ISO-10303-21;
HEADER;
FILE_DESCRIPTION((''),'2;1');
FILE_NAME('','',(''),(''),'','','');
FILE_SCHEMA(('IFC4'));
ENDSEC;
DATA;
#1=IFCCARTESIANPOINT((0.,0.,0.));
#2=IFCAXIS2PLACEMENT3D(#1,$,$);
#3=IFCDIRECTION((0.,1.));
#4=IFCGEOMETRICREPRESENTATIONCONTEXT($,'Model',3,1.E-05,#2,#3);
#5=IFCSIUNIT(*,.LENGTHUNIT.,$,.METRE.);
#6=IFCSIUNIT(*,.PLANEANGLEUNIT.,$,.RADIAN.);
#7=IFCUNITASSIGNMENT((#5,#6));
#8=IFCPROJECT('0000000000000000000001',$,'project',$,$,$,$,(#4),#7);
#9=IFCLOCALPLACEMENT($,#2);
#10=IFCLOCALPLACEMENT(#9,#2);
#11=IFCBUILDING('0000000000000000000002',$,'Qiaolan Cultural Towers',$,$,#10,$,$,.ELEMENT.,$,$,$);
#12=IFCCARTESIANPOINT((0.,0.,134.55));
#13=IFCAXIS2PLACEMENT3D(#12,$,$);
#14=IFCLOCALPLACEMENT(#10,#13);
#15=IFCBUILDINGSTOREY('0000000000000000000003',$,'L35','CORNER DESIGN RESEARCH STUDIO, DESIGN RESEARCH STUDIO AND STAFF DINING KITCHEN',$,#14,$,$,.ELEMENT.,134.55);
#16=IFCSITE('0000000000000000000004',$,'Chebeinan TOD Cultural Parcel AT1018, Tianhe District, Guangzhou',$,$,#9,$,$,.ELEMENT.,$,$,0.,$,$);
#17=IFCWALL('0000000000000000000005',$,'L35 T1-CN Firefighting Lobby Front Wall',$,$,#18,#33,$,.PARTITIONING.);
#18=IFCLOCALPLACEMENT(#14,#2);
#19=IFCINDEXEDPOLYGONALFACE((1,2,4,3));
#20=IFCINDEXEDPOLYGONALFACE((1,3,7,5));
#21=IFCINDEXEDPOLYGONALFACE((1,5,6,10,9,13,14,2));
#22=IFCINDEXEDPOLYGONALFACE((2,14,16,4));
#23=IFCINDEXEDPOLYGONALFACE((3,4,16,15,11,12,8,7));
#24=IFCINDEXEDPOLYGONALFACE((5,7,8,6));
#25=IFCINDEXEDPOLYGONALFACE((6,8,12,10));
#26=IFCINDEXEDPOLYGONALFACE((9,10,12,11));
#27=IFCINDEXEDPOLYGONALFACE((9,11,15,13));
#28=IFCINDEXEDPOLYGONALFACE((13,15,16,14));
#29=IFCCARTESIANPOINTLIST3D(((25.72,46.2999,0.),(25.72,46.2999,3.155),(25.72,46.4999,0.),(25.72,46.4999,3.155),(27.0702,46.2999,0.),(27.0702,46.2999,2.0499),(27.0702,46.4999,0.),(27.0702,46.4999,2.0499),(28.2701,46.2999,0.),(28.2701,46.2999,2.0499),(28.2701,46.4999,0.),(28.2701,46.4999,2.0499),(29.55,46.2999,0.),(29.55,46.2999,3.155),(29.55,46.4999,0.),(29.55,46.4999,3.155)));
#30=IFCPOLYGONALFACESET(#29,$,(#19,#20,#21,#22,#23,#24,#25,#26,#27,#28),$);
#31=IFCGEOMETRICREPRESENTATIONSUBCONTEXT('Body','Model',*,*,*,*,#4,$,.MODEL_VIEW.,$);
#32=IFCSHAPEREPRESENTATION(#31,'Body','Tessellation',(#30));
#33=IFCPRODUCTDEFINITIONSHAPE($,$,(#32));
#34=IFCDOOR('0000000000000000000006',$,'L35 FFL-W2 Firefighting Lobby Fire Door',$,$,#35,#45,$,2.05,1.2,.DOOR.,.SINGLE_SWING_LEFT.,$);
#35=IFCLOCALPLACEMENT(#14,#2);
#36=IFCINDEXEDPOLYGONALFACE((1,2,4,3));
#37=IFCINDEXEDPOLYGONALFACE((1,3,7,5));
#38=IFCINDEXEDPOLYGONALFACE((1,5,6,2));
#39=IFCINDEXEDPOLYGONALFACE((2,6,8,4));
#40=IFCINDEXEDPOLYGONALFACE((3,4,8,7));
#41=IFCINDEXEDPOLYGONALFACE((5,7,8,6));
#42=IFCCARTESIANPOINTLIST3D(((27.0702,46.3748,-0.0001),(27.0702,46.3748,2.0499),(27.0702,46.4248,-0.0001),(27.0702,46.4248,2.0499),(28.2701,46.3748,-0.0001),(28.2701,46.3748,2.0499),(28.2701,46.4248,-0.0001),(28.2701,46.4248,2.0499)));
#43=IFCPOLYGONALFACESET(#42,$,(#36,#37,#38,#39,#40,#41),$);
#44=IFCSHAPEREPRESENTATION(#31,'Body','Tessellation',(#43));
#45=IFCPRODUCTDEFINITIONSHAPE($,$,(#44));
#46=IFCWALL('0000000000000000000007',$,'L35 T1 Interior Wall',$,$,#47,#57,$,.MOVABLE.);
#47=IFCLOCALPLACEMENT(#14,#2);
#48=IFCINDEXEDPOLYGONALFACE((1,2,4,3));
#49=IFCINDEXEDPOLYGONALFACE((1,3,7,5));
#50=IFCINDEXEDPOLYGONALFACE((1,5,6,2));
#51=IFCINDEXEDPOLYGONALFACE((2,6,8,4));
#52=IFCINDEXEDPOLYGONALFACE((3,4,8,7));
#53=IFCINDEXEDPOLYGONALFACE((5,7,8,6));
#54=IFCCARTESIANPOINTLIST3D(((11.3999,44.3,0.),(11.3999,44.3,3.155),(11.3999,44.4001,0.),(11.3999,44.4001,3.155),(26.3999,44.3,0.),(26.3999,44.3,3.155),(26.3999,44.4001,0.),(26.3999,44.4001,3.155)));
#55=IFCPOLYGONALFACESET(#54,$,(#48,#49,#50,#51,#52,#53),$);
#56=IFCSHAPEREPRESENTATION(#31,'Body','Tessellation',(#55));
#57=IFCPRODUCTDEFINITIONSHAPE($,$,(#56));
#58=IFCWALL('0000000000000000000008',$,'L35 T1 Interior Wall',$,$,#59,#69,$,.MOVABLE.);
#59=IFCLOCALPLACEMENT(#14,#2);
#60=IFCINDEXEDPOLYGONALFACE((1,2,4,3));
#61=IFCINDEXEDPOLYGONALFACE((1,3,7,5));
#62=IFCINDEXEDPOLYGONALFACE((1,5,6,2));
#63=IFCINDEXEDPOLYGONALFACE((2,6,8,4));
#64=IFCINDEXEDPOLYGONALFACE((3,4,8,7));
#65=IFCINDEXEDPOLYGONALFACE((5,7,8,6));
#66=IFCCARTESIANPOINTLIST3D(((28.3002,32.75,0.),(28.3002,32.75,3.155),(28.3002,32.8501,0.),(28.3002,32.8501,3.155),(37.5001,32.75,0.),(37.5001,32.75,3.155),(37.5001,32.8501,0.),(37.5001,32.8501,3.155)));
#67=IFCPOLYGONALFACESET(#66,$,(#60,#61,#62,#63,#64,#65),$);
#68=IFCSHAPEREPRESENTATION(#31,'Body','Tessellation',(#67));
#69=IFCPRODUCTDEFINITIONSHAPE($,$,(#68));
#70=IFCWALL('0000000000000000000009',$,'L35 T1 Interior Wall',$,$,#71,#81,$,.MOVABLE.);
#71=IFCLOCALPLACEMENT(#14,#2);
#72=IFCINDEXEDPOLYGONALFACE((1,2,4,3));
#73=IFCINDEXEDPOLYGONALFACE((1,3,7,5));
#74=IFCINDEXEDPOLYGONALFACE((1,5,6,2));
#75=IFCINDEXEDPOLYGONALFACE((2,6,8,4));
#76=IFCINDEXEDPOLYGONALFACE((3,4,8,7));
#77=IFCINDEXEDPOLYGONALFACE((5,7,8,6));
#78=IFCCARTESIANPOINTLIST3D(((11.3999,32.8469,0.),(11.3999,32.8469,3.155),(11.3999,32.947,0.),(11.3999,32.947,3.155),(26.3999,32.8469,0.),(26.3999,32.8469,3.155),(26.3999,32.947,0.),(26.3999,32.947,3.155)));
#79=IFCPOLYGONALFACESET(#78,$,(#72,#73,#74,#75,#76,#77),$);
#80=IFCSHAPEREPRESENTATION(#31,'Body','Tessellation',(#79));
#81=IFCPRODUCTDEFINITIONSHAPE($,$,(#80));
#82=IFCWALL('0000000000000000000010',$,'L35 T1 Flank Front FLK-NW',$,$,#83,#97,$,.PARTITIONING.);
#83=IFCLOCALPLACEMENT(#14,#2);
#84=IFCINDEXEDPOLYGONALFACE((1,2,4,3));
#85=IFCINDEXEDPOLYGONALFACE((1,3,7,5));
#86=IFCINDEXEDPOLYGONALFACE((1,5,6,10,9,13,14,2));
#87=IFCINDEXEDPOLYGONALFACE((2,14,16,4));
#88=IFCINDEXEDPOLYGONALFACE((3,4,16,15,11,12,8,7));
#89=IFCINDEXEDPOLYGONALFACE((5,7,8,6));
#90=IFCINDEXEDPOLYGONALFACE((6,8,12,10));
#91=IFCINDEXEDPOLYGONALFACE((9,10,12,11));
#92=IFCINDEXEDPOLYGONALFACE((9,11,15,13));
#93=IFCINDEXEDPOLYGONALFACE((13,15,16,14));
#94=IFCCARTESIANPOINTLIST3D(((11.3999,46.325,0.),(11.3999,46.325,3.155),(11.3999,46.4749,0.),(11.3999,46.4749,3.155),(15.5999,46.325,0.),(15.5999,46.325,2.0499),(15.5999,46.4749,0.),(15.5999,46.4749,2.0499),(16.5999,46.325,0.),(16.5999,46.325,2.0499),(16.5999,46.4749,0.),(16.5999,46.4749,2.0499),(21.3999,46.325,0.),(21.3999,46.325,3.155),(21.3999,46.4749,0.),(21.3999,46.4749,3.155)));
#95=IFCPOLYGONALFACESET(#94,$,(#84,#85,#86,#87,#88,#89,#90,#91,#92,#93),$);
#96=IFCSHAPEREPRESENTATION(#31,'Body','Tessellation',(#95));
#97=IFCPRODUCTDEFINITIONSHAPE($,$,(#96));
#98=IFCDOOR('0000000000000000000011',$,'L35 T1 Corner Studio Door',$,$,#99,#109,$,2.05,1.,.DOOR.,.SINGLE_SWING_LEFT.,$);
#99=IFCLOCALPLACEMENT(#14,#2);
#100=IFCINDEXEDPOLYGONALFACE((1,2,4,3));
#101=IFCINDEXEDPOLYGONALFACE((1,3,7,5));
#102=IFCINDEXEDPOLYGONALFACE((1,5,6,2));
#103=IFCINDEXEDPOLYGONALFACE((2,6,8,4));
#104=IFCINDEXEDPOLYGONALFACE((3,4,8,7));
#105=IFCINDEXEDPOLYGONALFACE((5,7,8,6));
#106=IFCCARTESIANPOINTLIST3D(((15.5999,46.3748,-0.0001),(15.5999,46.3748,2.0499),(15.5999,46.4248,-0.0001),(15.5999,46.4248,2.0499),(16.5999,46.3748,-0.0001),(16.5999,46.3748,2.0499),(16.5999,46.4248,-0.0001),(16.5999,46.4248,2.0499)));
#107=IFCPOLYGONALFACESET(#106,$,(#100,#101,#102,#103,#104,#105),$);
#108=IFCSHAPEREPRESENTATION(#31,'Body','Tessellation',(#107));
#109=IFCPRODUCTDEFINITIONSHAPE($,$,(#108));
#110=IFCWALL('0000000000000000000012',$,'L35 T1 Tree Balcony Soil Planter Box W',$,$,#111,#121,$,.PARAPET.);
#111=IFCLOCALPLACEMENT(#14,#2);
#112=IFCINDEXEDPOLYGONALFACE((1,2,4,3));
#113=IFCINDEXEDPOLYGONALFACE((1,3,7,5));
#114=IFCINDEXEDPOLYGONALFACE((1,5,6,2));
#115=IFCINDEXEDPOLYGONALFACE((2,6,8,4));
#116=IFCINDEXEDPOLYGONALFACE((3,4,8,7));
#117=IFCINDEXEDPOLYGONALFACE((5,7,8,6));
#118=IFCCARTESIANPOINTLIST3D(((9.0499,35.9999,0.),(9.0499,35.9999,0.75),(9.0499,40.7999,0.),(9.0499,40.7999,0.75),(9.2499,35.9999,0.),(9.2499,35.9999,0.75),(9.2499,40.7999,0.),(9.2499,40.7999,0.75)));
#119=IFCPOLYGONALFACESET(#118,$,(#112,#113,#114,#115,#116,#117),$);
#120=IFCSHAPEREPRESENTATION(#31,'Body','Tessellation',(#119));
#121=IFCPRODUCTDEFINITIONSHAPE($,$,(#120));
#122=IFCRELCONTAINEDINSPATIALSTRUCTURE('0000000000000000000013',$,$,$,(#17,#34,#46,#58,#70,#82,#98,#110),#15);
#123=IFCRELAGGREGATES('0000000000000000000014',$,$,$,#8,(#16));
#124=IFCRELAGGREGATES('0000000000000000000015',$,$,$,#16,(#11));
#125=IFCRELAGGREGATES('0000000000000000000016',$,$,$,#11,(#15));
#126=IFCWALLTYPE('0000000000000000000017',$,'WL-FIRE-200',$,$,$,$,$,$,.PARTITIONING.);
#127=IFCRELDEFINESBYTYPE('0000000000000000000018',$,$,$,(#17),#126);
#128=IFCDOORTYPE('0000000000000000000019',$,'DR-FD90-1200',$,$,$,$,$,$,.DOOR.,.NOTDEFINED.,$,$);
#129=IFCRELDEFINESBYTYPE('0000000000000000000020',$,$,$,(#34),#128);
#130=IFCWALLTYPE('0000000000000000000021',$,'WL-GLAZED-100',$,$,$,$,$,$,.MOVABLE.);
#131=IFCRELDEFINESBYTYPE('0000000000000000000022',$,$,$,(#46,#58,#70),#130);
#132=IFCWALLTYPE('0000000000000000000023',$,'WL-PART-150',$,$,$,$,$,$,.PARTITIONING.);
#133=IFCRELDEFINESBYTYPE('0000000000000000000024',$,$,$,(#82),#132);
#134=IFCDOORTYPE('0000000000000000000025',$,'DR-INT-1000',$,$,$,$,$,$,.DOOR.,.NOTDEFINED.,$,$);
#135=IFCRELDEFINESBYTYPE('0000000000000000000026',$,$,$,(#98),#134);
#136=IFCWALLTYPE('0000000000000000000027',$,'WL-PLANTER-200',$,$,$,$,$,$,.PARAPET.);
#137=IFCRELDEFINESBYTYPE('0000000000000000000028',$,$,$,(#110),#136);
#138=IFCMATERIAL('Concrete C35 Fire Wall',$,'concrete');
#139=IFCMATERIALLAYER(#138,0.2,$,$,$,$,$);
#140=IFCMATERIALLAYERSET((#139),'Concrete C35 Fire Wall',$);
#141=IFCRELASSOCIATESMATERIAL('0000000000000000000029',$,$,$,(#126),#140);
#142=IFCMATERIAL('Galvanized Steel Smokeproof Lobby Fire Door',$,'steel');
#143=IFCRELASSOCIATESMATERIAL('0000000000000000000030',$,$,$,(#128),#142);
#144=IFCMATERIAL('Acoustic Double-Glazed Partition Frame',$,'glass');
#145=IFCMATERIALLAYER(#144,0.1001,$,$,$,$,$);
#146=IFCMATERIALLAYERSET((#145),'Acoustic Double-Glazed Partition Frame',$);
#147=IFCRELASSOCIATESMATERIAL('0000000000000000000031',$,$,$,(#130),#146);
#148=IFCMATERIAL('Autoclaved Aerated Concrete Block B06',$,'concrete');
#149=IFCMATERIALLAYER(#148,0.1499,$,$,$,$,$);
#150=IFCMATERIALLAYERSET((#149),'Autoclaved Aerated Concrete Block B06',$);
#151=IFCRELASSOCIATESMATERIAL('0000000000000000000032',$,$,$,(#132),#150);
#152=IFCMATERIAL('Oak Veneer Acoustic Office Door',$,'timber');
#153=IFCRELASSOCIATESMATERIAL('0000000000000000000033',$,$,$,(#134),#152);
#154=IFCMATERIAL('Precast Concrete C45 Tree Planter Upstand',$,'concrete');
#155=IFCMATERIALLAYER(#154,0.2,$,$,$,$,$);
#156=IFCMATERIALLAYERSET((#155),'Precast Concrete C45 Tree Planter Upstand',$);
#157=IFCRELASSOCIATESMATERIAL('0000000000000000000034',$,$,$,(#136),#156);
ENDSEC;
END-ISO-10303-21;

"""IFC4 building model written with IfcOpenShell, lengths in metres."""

from ifc_helpers import new_model, si_unit, direction, frame, frame_2d, origin, place, context, subcontext, project, spatial, rectangle, extrude, material, layer, layer_set, type_object, element, fill, save


model = new_model("IFC4")

# Units and contexts
model_context = context("Model", 3, precision=1e-05, world=origin(), true_north=direction((0.0, 1.0)))
body_context = subcontext(model_context, "Body", "Model", "MODEL_VIEW")
ifc_project = project(units=[si_unit("LENGTHUNIT", "METRE"), si_unit("PLANEANGLEUNIT", "RADIAN")], contexts=[model_context])

# Site, building, storey
site_placement = place(None, origin())
site = spatial("IfcSite", under=ifc_project, at=site_placement, Name="Chebeinan TOD Cultural Parcel AT1018, Tianhe District, Guangzhou", CompositionType="ELEMENT", RefElevation=0.0)
building_placement = place(site_placement, origin())
building = spatial("IfcBuilding", under=site, at=building_placement, Name="Qiaolan Cultural Towers", CompositionType="ELEMENT")
storey_placement = place(building_placement, frame((0.0, 0.0, 134.55)))
storey = spatial("IfcBuildingStorey", under=building, at=storey_placement, Name="L35", Description="CORNER DESIGN RESEARCH STUDIO, DESIGN RESEARCH STUDIO AND STAFF DINING KITCHEN", CompositionType="ELEMENT", Elevation=134.55)

# Wall, opening, door
ifc_material_1 = material(Name="Concrete C35 Fire Wall", Category="concrete")
ifc_layer_1 = layer(ifc_material_1, 0.2)
ifc_layer_set_1 = layer_set([ifc_layer_1], Name="Concrete C35 Fire Wall")
wall_type_1 = type_object("IfcWallType", Name="WL-FIRE-200", PredefinedType="PARTITIONING", material=ifc_layer_set_1)
wall_1_placement = place(storey_placement, frame((25.72, 46.3999, 0.0), z_axis=(0.0, 0.0, 1.0), x_axis=(1.0, 0.0, 0.0)))
wall_1 = element("IfcWall", 1, at=wall_1_placement, inside=storey, type_object=wall_type_1, Name="L35 T1-CN Firefighting Lobby Front Wall", PredefinedType="PARTITIONING", context=body_context, shape_type="SweptSolid", body=[
    extrude(rectangle(XDim=3.8301, YDim=0.2, at=frame_2d((1.915, 0.0))), origin(), (0.0, 0.0, 1.0), 3.155),
])
opening_1_placement = place(wall_1_placement, frame((1.3501, 0.0, 0.0)))
opening_1 = element("IfcOpeningElement", 2, at=opening_1_placement, cuts=wall_1, PredefinedType="OPENING", context=body_context, shape_type="SweptSolid", body=[
    extrude(rectangle(XDim=1.2, YDim=2.05, at=frame_2d((0.6001, 1.0249))), frame((0.0, 0.1099, 0.0), z_axis=(0.0, -1.0, 0.0), x_axis=(1.0, 0.0, 0.0)), (0.0, 0.0, 1.0), 0.22),
])
ifc_material_2 = material(Name="Galvanized Steel Smokeproof Lobby Fire Door", Category="steel")
door_type_1 = type_object("IfcDoorType", Name="DR-FD90-1200", OperationType="NOTDEFINED", PredefinedType="DOOR", material=ifc_material_2)
door_1_placement = place(opening_1_placement, origin())
door_1 = element("IfcDoor", 3, at=door_1_placement, inside=storey, type_object=door_type_1, Name="L35 FFL-W2 Firefighting Lobby Fire Door", OperationType="SINGLE_SWING_LEFT", OverallHeight=2.05, OverallWidth=1.2, PredefinedType="DOOR", context=body_context, shape_type="SweptSolid", body=[
    extrude(rectangle(XDim=1.2, YDim=2.05, at=frame_2d((0.6001, 1.0249))), frame((0.0, 0.0249, 0.0), z_axis=(0.0, -1.0, 0.0), x_axis=(1.0, 0.0, 0.0)), (0.0, 0.0, 1.0), 0.05),
])
fill(opening_1, door_1)

# Walls
ifc_material_3 = material(Name="Acoustic Double-Glazed Partition Frame", Category="glass")
ifc_layer_2 = layer(ifc_material_3, 0.1001)
ifc_layer_set_2 = layer_set([ifc_layer_2], Name="Acoustic Double-Glazed Partition Frame")
wall_type_2 = type_object("IfcWallType", Name="WL-GLAZED-100", PredefinedType="MOVABLE", material=ifc_layer_set_2)
wall_2_placement = place(storey_placement, frame((11.3999, 44.3501, 0.0), z_axis=(0.0, 0.0, 1.0), x_axis=(1.0, 0.0, 0.0)))
element("IfcWall", 4, at=wall_2_placement, inside=storey, type_object=wall_type_2, Name="L35 T1 Interior Wall", PredefinedType="MOVABLE", context=body_context, shape_type="SweptSolid", body=[
    extrude(rectangle(XDim=15.0, YDim=0.1001, at=frame_2d((7.5, 0.0))), origin(), (0.0, 0.0, 1.0), 3.155),
])
wall_3_placement = place(storey_placement, frame((28.3, 32.8, 0.0), z_axis=(0.0, 0.0, 1.0), x_axis=(1.0, 0.0, 0.0)))
element("IfcWall", 5, at=wall_3_placement, inside=storey, type_object=wall_type_2, Name="L35 T1 Interior Wall", PredefinedType="MOVABLE", context=body_context, shape_type="SweptSolid", body=[
    extrude(rectangle(XDim=9.2, YDim=0.1001, at=frame_2d((4.6001, 0.0))), origin(), (0.0, 0.0, 1.0), 3.155),
])
wall_4_placement = place(storey_placement, frame((11.3999, 32.897, 0.0), z_axis=(0.0, 0.0, 1.0), x_axis=(1.0, 0.0, 0.0)))
element("IfcWall", 6, at=wall_4_placement, inside=storey, type_object=wall_type_2, Name="L35 T1 Interior Wall", PredefinedType="MOVABLE", context=body_context, shape_type="SweptSolid", body=[
    extrude(rectangle(XDim=15.0, YDim=0.1001, at=frame_2d((7.5, 0.0))), origin(), (0.0, 0.0, 1.0), 3.155),
])

# Wall, opening, door
ifc_material_4 = material(Name="Autoclaved Aerated Concrete Block B06", Category="concrete")
ifc_layer_3 = layer(ifc_material_4, 0.1499)
ifc_layer_set_3 = layer_set([ifc_layer_3], Name="Autoclaved Aerated Concrete Block B06")
wall_type_3 = type_object("IfcWallType", Name="WL-PART-150", PredefinedType="PARTITIONING", material=ifc_layer_set_3)
wall_5_placement = place(storey_placement, frame((11.3999, 46.3999, 0.0), z_axis=(0.0, 0.0, 1.0), x_axis=(1.0, 0.0, 0.0)))
wall_5 = element("IfcWall", 7, at=wall_5_placement, inside=storey, type_object=wall_type_3, Name="L35 T1 Flank Front FLK-NW", PredefinedType="PARTITIONING", context=body_context, shape_type="SweptSolid", body=[
    extrude(rectangle(XDim=10.0, YDim=0.1499, at=frame_2d((5.0, 0.0))), origin(), (0.0, 0.0, 1.0), 3.155),
])
opening_2_placement = place(wall_5_placement, frame((4.2, 0.0, 0.0)))
opening_2 = element("IfcOpeningElement", 8, at=opening_2_placement, cuts=wall_5, PredefinedType="OPENING", context=body_context, shape_type="SweptSolid", body=[
    extrude(rectangle(XDim=1.0, YDim=2.05, at=frame_2d((0.5, 1.0249))), frame((0.0, 0.085, 0.0), z_axis=(0.0, -1.0, 0.0), x_axis=(1.0, 0.0, 0.0)), (0.0, 0.0, 1.0), 0.1699),
])
ifc_material_5 = material(Name="Oak Veneer Acoustic Office Door", Category="timber")
door_type_2 = type_object("IfcDoorType", Name="DR-INT-1000", OperationType="NOTDEFINED", PredefinedType="DOOR", material=ifc_material_5)
door_2_placement = place(opening_2_placement, origin())
door_2 = element("IfcDoor", 9, at=door_2_placement, inside=storey, type_object=door_type_2, Name="L35 T1 Corner Studio Door", OperationType="SINGLE_SWING_LEFT", OverallHeight=2.05, OverallWidth=1.0, PredefinedType="DOOR", context=body_context, shape_type="SweptSolid", body=[
    extrude(rectangle(XDim=1.0, YDim=2.05, at=frame_2d((0.5, 1.0249))), frame((0.0, 0.0249, 0.0), z_axis=(0.0, -1.0, 0.0), x_axis=(1.0, 0.0, 0.0)), (0.0, 0.0, 1.0), 0.05),
])
fill(opening_2, door_2)

# Wall
ifc_material_6 = material(Name="Precast Concrete C45 Tree Planter Upstand", Category="concrete")
ifc_layer_4 = layer(ifc_material_6, 0.2)
ifc_layer_set_4 = layer_set([ifc_layer_4], Name="Precast Concrete C45 Tree Planter Upstand")
wall_type_4 = type_object("IfcWallType", Name="WL-PLANTER-200", PredefinedType="PARAPET", material=ifc_layer_set_4)
wall_6_placement = place(storey_placement, frame((9.1499, 36.0, 0.0), z_axis=(0.0, 0.0, 1.0), x_axis=(0.0, 1.0, 0.0)))
element("IfcWall", 10, at=wall_6_placement, inside=storey, type_object=wall_type_4, Name="L35 T1 Tree Balcony Soil Planter Box W", PredefinedType="PARAPET", context=body_context, shape_type="SweptSolid", body=[
    extrude(rectangle(XDim=4.8, YDim=0.2, at=frame_2d((2.3999, 0.0))), origin(), (0.0, 0.0, 1.0), 0.75),
])

save(model, "model.ifc")
